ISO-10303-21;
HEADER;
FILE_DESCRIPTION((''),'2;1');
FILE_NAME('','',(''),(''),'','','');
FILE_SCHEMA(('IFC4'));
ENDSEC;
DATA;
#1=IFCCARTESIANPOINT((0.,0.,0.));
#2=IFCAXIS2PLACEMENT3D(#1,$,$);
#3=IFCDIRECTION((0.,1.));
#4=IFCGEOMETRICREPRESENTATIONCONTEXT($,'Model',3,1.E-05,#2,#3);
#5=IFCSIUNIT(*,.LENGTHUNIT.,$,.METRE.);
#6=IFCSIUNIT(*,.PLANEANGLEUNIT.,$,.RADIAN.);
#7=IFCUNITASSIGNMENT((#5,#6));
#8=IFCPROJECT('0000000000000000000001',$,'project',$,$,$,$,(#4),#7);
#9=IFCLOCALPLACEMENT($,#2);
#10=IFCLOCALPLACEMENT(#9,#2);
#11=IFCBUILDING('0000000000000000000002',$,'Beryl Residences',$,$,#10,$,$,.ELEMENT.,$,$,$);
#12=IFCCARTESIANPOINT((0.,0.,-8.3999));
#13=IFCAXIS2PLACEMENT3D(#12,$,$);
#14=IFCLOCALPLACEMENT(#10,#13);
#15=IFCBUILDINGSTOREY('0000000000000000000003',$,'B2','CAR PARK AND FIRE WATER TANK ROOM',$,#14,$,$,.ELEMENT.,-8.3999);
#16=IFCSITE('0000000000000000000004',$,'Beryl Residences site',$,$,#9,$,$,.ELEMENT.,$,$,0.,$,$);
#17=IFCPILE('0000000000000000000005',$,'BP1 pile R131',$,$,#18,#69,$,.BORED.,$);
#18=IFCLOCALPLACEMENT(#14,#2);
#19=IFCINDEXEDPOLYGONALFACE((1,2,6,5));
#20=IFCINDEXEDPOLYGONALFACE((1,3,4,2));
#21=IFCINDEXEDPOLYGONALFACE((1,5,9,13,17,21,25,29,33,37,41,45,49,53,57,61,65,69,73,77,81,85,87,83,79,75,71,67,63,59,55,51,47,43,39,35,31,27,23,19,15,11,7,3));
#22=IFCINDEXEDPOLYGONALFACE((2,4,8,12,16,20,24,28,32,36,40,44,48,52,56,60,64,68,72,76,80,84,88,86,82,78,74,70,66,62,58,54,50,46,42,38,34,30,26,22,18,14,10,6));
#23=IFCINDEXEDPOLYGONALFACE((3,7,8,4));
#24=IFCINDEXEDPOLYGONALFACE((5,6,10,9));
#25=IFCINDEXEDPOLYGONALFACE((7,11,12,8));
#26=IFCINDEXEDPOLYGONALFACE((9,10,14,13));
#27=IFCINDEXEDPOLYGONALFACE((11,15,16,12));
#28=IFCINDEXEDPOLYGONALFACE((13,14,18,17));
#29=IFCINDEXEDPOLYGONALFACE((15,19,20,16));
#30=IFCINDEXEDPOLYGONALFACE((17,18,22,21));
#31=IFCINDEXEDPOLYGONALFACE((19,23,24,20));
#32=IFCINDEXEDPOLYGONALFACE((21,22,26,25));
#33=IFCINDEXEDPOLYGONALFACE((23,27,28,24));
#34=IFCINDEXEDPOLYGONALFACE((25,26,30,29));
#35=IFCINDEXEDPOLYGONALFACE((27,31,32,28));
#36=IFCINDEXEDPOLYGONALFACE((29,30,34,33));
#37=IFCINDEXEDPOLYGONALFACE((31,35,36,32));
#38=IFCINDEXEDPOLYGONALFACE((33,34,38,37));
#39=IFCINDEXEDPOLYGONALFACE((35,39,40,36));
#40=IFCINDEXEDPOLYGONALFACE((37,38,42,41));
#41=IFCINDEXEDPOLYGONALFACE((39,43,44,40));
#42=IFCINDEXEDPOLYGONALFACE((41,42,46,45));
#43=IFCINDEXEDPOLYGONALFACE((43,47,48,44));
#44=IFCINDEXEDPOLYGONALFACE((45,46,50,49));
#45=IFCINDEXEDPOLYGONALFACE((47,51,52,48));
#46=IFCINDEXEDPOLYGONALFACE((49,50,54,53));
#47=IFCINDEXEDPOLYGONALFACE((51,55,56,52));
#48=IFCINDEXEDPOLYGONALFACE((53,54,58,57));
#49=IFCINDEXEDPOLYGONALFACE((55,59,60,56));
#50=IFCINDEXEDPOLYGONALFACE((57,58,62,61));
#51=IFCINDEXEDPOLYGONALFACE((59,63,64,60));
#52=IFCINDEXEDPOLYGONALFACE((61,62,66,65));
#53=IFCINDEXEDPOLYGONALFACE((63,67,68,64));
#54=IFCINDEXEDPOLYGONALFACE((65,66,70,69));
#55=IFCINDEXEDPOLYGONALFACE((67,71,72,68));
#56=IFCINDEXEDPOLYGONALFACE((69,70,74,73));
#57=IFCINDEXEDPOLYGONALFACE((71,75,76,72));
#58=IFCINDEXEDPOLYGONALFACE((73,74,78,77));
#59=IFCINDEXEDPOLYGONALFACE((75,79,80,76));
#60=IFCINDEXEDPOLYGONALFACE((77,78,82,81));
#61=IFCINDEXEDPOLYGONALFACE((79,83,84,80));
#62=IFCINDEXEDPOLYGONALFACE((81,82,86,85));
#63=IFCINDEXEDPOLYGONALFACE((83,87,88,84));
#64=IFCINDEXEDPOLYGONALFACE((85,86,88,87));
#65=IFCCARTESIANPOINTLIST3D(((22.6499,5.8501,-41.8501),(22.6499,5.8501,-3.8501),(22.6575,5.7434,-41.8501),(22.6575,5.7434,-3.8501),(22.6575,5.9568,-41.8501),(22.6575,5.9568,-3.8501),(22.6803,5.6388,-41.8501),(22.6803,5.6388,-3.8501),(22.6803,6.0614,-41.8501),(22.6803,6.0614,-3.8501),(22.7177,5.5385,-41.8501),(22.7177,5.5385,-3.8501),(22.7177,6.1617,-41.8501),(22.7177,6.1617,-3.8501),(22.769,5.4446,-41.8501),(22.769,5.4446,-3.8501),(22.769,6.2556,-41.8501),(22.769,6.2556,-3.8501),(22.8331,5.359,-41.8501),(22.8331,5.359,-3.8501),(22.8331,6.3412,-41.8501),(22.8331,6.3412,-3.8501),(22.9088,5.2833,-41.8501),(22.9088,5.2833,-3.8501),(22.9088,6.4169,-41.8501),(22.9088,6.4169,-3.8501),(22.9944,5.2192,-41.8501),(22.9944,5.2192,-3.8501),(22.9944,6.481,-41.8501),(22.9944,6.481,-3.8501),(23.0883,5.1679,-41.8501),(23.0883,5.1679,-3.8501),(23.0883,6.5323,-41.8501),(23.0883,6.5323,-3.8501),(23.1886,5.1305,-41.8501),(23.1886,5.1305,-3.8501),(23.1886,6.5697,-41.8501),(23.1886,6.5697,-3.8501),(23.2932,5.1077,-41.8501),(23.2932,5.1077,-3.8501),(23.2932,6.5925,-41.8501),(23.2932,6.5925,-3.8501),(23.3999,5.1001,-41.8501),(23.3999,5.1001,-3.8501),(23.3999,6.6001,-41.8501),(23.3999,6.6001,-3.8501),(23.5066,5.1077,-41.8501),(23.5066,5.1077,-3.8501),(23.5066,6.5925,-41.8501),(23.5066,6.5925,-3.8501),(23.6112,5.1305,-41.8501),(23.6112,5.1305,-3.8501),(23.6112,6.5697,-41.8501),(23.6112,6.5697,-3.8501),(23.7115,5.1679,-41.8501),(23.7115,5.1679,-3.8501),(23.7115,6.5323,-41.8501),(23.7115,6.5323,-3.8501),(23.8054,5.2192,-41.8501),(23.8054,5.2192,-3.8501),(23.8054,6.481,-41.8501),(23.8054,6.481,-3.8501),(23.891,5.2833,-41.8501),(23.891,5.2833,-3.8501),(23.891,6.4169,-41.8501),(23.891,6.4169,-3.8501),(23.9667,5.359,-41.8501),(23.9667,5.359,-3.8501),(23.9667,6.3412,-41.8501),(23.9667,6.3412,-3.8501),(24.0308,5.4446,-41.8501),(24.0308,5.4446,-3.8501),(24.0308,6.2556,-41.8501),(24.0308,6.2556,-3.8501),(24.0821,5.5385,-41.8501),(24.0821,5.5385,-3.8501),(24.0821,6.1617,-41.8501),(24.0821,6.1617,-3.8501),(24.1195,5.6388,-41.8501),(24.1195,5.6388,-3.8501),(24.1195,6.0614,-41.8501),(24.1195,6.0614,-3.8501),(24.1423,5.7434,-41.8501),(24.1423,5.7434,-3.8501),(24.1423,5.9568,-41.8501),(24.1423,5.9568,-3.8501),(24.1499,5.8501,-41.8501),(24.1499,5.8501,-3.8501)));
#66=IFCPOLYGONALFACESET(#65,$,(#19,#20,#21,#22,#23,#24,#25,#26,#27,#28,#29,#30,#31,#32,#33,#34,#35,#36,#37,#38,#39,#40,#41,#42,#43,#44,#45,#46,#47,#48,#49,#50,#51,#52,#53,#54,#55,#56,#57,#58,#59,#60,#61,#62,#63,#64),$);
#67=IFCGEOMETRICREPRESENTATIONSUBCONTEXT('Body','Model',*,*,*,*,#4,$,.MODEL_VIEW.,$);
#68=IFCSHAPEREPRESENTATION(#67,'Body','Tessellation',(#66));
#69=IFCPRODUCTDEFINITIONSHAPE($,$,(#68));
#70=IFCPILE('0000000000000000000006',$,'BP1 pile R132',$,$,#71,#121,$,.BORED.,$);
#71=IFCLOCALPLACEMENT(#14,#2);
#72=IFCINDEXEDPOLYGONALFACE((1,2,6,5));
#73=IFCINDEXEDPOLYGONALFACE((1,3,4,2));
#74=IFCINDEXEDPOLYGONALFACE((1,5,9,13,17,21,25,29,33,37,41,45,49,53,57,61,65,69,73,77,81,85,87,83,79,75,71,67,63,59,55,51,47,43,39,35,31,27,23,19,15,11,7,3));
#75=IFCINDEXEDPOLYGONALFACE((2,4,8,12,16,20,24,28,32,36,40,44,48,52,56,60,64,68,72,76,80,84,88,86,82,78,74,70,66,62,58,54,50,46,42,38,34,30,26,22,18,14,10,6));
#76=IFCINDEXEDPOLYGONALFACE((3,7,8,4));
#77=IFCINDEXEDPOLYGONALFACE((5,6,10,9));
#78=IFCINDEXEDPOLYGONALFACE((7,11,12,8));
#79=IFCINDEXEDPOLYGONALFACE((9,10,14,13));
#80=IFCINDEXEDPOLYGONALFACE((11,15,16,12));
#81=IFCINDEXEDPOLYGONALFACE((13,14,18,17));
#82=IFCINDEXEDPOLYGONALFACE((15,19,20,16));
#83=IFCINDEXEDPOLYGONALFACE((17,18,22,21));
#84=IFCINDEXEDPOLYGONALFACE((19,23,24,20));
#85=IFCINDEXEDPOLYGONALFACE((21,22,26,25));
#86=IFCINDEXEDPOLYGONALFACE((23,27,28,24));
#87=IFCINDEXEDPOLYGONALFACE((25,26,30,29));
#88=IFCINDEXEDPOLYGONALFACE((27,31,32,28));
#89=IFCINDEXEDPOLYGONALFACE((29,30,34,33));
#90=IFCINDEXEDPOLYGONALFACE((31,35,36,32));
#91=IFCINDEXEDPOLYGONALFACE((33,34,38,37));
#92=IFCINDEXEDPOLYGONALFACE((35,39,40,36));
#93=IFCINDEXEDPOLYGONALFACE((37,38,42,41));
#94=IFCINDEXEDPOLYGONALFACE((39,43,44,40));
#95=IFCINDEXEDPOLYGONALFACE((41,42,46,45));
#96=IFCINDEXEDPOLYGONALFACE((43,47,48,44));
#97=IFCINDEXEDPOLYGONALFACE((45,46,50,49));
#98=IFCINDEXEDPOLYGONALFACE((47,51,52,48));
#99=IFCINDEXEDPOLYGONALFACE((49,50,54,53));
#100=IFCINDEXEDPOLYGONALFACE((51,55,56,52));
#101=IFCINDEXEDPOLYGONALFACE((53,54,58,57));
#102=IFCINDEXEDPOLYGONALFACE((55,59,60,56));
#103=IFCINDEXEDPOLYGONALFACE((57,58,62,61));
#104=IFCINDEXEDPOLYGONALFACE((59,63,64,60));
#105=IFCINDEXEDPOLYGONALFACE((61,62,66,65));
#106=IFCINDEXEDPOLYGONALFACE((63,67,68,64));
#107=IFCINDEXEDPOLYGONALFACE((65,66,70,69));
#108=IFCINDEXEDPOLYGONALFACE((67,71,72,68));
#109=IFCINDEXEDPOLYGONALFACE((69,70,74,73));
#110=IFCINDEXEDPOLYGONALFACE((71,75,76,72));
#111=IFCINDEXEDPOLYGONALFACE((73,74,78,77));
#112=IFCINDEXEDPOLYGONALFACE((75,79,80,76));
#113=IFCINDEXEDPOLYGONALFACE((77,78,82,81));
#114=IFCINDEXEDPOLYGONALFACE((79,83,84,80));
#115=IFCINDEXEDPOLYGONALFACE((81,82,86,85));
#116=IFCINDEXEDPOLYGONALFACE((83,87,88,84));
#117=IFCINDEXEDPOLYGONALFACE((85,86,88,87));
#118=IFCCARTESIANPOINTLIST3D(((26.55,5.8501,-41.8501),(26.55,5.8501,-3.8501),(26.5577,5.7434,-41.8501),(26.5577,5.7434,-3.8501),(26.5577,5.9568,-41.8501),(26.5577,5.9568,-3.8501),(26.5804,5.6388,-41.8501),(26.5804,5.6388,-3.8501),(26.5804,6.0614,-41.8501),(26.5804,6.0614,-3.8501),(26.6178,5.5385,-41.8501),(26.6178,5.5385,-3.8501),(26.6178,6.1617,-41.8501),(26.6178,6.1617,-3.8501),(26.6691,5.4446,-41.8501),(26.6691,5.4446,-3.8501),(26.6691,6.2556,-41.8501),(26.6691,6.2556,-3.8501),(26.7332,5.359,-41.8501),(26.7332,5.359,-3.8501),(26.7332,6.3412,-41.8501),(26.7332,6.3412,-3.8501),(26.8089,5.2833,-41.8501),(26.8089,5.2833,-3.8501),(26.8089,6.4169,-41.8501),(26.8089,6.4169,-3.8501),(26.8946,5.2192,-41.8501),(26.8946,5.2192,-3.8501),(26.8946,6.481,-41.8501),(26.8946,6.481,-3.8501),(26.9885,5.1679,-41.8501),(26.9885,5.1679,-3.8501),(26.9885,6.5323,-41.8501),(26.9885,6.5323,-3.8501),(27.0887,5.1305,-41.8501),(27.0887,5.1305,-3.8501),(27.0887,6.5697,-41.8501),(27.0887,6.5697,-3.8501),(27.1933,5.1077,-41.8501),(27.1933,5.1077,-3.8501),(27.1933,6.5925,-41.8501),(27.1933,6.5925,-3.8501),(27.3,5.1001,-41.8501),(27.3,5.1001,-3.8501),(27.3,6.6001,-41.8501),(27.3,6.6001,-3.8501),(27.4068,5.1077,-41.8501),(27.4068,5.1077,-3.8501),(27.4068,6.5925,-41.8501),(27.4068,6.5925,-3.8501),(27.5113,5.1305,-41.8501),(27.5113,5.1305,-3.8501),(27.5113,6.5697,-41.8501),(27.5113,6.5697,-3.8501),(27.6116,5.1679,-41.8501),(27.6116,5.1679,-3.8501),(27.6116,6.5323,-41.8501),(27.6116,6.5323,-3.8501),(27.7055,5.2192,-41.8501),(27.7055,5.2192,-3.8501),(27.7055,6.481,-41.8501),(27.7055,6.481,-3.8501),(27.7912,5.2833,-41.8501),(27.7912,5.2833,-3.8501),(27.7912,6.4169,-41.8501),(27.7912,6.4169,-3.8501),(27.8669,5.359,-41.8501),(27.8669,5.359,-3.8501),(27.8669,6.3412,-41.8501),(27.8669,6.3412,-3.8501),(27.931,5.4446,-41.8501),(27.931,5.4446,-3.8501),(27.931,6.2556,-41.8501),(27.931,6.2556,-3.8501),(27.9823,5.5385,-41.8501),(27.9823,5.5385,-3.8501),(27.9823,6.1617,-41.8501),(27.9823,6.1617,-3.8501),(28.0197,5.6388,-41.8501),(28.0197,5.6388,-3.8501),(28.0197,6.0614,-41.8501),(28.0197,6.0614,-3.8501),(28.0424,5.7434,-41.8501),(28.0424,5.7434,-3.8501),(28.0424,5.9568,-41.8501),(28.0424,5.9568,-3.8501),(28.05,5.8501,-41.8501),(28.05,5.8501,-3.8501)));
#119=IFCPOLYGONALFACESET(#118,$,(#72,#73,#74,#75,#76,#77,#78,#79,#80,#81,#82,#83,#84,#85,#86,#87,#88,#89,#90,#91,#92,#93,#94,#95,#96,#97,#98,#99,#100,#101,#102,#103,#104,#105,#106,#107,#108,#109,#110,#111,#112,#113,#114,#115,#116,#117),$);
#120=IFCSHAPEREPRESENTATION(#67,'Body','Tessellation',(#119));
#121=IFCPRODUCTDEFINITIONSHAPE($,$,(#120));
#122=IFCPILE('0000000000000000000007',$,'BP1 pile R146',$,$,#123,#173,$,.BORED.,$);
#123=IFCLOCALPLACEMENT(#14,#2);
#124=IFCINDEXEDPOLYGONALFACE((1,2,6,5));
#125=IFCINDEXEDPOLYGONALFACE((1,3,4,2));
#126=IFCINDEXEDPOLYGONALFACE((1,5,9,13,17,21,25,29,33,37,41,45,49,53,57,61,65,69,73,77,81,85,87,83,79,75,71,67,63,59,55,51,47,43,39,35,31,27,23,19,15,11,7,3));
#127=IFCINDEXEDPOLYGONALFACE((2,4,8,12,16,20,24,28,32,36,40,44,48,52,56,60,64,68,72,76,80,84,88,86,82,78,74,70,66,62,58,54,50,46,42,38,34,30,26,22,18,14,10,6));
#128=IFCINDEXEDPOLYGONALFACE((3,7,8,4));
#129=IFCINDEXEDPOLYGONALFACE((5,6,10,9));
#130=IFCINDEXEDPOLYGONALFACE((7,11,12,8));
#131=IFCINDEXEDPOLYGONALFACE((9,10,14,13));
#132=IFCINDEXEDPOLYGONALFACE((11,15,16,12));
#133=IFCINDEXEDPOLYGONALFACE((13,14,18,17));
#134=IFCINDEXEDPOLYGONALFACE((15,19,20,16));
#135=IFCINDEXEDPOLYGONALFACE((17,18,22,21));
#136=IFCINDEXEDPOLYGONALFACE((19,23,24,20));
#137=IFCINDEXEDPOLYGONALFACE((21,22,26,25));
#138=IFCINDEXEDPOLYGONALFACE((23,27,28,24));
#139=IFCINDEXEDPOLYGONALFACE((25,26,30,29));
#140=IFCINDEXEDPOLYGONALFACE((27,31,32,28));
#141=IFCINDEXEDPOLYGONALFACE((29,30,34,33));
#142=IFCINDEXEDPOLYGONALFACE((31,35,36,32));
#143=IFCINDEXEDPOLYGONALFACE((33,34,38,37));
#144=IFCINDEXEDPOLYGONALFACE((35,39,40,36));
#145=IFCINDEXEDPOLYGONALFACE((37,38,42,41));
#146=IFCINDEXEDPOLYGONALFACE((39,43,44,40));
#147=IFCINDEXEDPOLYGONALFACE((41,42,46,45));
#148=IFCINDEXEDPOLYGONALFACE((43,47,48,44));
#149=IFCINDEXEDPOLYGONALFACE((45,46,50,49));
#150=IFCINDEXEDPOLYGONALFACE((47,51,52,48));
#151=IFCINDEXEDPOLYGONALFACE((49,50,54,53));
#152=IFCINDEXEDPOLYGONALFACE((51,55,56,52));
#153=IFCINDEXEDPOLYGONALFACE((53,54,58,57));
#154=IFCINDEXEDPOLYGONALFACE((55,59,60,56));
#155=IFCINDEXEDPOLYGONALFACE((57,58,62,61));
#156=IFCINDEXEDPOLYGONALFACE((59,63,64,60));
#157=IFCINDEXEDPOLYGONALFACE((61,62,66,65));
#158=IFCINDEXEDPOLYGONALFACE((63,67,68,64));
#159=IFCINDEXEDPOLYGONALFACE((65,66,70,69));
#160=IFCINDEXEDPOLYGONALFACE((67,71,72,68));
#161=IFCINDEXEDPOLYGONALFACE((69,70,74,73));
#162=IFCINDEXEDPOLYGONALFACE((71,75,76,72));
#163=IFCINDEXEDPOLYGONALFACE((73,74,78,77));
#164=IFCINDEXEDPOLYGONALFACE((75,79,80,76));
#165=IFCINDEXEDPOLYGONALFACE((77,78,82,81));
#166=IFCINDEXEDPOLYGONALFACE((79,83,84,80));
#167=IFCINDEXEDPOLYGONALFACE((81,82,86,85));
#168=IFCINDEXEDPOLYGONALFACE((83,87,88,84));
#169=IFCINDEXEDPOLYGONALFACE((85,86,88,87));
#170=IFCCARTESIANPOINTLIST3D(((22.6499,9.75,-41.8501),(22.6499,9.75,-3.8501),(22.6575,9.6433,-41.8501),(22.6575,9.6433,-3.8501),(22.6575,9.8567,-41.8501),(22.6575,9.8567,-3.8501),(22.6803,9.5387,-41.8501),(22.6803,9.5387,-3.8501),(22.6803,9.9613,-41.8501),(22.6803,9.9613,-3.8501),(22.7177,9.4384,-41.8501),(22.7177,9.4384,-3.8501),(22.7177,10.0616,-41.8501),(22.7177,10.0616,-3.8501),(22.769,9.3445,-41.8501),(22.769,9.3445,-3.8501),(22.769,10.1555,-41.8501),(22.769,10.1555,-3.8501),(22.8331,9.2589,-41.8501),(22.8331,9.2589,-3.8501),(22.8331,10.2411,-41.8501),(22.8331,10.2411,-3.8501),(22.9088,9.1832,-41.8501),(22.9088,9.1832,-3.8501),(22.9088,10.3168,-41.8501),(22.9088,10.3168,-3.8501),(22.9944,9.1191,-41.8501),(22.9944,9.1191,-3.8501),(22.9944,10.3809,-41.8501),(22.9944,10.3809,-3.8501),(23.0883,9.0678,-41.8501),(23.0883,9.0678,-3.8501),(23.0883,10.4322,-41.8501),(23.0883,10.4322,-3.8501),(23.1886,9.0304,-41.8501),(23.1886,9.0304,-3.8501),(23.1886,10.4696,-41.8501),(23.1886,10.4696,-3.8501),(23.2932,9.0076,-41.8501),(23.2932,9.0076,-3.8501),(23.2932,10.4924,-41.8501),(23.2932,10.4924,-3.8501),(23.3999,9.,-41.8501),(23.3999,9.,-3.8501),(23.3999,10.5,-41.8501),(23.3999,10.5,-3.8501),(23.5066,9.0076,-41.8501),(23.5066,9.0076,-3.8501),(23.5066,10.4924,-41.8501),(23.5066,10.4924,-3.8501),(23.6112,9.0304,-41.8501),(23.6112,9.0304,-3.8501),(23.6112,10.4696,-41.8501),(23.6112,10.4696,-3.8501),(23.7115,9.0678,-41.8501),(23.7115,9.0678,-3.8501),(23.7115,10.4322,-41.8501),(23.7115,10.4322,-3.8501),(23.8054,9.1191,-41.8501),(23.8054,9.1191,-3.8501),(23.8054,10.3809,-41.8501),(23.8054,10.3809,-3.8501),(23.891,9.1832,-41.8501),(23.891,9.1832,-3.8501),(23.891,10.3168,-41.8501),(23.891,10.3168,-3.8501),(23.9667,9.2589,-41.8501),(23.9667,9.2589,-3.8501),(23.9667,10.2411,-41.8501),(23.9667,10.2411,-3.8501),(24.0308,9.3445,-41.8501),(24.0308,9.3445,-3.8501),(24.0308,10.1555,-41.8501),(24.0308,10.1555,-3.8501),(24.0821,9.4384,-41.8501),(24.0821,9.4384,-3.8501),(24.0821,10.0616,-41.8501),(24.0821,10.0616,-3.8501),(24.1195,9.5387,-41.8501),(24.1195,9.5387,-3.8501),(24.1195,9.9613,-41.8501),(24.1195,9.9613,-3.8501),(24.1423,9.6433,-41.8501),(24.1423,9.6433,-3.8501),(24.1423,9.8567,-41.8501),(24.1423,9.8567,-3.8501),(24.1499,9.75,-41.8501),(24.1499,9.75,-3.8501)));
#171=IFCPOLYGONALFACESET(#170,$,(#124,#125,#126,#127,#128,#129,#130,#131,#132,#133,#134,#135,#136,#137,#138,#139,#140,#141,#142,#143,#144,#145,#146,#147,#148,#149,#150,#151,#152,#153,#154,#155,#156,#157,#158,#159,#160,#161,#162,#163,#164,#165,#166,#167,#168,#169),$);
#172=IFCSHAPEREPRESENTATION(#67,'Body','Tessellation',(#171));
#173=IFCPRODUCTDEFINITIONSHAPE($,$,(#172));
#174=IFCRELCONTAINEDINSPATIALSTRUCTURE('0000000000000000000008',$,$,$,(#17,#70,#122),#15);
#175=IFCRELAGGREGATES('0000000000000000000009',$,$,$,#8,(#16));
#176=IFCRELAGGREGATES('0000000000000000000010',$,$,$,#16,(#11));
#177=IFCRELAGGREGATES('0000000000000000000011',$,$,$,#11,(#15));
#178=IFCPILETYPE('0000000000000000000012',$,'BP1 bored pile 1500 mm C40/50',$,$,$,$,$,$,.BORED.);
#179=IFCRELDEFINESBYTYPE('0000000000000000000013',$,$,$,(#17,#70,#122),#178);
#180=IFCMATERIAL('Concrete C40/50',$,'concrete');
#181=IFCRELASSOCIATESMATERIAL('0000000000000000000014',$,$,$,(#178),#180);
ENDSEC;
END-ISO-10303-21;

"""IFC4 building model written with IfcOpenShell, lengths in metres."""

from ifc_helpers import new_model, si_unit, direction, frame, origin, origin_2d, place, context, subcontext, project, spatial, circle, extrude, material, material_profile, profile_set, type_object, element, save


model = new_model("IFC4")

# Units and contexts
model_context = context("Model", 3, precision=1e-05, world=origin(), true_north=direction((0.0, 1.0)))
body_context = subcontext(model_context, "Body", "Model", "MODEL_VIEW")
ifc_project = project(units=[si_unit("LENGTHUNIT", "METRE"), si_unit("PLANEANGLEUNIT", "RADIAN")], contexts=[model_context])

# Site, building, storey
site_placement = place(None, origin())
site = spatial("IfcSite", under=ifc_project, at=site_placement, Name="Beryl Residences site", CompositionType="ELEMENT", RefElevation=0.0)
building_placement = place(site_placement, origin())
building = spatial("IfcBuilding", under=site, at=building_placement, Name="Beryl Residences", CompositionType="ELEMENT")
storey_placement = place(building_placement, frame((0.0, 0.0, -8.3999)))
storey = spatial("IfcBuildingStorey", under=building, at=storey_placement, Name="B2", Description="CAR PARK AND FIRE WATER TANK ROOM", CompositionType="ELEMENT", Elevation=-8.3999)

# Piles
ifc_material_1 = material(Name="Concrete C40/50", Category="concrete")
ifc_material_profile_1 = material_profile(ifc_material_1, circle(Radius=0.75, at=origin_2d()))
ifc_profile_set_1 = profile_set([ifc_material_profile_1], Name="Concrete C40/50")
pile_type_1 = type_object("IfcPileType", Name="BP1 bored pile 1500 mm C40/50", PredefinedType="BORED", material=ifc_profile_set_1)
for number, where, z_axis, x_axis, name in (
    (1, (23.3999, 5.8501, -3.8501), (0.0, 0.0, -1.0), (1.0, 0.0, 0.0), "BP1 pile R131"),
    (2, (27.3, 5.8501, -3.8501), (0.0, 0.0, -1.0), (1.0, 0.0, 0.0), "BP1 pile R132"),
    (3, (23.3999, 9.75, -3.8501), (0.0, 0.0, -1.0), (1.0, 0.0, 0.0), "BP1 pile R146"),
):
    element("IfcPile", number, at=place(storey_placement, frame(where, z_axis=z_axis, x_axis=x_axis)), inside=storey, type_object=pile_type_1, Name=name, PredefinedType="BORED", context=body_context, shape_type="SweptSolid", body=[
        extrude(circle(Radius=0.75, at=origin_2d()), origin(), (0.0, 0.0, 1.0), 38.0),
    ])

save(model, "model.ifc")
